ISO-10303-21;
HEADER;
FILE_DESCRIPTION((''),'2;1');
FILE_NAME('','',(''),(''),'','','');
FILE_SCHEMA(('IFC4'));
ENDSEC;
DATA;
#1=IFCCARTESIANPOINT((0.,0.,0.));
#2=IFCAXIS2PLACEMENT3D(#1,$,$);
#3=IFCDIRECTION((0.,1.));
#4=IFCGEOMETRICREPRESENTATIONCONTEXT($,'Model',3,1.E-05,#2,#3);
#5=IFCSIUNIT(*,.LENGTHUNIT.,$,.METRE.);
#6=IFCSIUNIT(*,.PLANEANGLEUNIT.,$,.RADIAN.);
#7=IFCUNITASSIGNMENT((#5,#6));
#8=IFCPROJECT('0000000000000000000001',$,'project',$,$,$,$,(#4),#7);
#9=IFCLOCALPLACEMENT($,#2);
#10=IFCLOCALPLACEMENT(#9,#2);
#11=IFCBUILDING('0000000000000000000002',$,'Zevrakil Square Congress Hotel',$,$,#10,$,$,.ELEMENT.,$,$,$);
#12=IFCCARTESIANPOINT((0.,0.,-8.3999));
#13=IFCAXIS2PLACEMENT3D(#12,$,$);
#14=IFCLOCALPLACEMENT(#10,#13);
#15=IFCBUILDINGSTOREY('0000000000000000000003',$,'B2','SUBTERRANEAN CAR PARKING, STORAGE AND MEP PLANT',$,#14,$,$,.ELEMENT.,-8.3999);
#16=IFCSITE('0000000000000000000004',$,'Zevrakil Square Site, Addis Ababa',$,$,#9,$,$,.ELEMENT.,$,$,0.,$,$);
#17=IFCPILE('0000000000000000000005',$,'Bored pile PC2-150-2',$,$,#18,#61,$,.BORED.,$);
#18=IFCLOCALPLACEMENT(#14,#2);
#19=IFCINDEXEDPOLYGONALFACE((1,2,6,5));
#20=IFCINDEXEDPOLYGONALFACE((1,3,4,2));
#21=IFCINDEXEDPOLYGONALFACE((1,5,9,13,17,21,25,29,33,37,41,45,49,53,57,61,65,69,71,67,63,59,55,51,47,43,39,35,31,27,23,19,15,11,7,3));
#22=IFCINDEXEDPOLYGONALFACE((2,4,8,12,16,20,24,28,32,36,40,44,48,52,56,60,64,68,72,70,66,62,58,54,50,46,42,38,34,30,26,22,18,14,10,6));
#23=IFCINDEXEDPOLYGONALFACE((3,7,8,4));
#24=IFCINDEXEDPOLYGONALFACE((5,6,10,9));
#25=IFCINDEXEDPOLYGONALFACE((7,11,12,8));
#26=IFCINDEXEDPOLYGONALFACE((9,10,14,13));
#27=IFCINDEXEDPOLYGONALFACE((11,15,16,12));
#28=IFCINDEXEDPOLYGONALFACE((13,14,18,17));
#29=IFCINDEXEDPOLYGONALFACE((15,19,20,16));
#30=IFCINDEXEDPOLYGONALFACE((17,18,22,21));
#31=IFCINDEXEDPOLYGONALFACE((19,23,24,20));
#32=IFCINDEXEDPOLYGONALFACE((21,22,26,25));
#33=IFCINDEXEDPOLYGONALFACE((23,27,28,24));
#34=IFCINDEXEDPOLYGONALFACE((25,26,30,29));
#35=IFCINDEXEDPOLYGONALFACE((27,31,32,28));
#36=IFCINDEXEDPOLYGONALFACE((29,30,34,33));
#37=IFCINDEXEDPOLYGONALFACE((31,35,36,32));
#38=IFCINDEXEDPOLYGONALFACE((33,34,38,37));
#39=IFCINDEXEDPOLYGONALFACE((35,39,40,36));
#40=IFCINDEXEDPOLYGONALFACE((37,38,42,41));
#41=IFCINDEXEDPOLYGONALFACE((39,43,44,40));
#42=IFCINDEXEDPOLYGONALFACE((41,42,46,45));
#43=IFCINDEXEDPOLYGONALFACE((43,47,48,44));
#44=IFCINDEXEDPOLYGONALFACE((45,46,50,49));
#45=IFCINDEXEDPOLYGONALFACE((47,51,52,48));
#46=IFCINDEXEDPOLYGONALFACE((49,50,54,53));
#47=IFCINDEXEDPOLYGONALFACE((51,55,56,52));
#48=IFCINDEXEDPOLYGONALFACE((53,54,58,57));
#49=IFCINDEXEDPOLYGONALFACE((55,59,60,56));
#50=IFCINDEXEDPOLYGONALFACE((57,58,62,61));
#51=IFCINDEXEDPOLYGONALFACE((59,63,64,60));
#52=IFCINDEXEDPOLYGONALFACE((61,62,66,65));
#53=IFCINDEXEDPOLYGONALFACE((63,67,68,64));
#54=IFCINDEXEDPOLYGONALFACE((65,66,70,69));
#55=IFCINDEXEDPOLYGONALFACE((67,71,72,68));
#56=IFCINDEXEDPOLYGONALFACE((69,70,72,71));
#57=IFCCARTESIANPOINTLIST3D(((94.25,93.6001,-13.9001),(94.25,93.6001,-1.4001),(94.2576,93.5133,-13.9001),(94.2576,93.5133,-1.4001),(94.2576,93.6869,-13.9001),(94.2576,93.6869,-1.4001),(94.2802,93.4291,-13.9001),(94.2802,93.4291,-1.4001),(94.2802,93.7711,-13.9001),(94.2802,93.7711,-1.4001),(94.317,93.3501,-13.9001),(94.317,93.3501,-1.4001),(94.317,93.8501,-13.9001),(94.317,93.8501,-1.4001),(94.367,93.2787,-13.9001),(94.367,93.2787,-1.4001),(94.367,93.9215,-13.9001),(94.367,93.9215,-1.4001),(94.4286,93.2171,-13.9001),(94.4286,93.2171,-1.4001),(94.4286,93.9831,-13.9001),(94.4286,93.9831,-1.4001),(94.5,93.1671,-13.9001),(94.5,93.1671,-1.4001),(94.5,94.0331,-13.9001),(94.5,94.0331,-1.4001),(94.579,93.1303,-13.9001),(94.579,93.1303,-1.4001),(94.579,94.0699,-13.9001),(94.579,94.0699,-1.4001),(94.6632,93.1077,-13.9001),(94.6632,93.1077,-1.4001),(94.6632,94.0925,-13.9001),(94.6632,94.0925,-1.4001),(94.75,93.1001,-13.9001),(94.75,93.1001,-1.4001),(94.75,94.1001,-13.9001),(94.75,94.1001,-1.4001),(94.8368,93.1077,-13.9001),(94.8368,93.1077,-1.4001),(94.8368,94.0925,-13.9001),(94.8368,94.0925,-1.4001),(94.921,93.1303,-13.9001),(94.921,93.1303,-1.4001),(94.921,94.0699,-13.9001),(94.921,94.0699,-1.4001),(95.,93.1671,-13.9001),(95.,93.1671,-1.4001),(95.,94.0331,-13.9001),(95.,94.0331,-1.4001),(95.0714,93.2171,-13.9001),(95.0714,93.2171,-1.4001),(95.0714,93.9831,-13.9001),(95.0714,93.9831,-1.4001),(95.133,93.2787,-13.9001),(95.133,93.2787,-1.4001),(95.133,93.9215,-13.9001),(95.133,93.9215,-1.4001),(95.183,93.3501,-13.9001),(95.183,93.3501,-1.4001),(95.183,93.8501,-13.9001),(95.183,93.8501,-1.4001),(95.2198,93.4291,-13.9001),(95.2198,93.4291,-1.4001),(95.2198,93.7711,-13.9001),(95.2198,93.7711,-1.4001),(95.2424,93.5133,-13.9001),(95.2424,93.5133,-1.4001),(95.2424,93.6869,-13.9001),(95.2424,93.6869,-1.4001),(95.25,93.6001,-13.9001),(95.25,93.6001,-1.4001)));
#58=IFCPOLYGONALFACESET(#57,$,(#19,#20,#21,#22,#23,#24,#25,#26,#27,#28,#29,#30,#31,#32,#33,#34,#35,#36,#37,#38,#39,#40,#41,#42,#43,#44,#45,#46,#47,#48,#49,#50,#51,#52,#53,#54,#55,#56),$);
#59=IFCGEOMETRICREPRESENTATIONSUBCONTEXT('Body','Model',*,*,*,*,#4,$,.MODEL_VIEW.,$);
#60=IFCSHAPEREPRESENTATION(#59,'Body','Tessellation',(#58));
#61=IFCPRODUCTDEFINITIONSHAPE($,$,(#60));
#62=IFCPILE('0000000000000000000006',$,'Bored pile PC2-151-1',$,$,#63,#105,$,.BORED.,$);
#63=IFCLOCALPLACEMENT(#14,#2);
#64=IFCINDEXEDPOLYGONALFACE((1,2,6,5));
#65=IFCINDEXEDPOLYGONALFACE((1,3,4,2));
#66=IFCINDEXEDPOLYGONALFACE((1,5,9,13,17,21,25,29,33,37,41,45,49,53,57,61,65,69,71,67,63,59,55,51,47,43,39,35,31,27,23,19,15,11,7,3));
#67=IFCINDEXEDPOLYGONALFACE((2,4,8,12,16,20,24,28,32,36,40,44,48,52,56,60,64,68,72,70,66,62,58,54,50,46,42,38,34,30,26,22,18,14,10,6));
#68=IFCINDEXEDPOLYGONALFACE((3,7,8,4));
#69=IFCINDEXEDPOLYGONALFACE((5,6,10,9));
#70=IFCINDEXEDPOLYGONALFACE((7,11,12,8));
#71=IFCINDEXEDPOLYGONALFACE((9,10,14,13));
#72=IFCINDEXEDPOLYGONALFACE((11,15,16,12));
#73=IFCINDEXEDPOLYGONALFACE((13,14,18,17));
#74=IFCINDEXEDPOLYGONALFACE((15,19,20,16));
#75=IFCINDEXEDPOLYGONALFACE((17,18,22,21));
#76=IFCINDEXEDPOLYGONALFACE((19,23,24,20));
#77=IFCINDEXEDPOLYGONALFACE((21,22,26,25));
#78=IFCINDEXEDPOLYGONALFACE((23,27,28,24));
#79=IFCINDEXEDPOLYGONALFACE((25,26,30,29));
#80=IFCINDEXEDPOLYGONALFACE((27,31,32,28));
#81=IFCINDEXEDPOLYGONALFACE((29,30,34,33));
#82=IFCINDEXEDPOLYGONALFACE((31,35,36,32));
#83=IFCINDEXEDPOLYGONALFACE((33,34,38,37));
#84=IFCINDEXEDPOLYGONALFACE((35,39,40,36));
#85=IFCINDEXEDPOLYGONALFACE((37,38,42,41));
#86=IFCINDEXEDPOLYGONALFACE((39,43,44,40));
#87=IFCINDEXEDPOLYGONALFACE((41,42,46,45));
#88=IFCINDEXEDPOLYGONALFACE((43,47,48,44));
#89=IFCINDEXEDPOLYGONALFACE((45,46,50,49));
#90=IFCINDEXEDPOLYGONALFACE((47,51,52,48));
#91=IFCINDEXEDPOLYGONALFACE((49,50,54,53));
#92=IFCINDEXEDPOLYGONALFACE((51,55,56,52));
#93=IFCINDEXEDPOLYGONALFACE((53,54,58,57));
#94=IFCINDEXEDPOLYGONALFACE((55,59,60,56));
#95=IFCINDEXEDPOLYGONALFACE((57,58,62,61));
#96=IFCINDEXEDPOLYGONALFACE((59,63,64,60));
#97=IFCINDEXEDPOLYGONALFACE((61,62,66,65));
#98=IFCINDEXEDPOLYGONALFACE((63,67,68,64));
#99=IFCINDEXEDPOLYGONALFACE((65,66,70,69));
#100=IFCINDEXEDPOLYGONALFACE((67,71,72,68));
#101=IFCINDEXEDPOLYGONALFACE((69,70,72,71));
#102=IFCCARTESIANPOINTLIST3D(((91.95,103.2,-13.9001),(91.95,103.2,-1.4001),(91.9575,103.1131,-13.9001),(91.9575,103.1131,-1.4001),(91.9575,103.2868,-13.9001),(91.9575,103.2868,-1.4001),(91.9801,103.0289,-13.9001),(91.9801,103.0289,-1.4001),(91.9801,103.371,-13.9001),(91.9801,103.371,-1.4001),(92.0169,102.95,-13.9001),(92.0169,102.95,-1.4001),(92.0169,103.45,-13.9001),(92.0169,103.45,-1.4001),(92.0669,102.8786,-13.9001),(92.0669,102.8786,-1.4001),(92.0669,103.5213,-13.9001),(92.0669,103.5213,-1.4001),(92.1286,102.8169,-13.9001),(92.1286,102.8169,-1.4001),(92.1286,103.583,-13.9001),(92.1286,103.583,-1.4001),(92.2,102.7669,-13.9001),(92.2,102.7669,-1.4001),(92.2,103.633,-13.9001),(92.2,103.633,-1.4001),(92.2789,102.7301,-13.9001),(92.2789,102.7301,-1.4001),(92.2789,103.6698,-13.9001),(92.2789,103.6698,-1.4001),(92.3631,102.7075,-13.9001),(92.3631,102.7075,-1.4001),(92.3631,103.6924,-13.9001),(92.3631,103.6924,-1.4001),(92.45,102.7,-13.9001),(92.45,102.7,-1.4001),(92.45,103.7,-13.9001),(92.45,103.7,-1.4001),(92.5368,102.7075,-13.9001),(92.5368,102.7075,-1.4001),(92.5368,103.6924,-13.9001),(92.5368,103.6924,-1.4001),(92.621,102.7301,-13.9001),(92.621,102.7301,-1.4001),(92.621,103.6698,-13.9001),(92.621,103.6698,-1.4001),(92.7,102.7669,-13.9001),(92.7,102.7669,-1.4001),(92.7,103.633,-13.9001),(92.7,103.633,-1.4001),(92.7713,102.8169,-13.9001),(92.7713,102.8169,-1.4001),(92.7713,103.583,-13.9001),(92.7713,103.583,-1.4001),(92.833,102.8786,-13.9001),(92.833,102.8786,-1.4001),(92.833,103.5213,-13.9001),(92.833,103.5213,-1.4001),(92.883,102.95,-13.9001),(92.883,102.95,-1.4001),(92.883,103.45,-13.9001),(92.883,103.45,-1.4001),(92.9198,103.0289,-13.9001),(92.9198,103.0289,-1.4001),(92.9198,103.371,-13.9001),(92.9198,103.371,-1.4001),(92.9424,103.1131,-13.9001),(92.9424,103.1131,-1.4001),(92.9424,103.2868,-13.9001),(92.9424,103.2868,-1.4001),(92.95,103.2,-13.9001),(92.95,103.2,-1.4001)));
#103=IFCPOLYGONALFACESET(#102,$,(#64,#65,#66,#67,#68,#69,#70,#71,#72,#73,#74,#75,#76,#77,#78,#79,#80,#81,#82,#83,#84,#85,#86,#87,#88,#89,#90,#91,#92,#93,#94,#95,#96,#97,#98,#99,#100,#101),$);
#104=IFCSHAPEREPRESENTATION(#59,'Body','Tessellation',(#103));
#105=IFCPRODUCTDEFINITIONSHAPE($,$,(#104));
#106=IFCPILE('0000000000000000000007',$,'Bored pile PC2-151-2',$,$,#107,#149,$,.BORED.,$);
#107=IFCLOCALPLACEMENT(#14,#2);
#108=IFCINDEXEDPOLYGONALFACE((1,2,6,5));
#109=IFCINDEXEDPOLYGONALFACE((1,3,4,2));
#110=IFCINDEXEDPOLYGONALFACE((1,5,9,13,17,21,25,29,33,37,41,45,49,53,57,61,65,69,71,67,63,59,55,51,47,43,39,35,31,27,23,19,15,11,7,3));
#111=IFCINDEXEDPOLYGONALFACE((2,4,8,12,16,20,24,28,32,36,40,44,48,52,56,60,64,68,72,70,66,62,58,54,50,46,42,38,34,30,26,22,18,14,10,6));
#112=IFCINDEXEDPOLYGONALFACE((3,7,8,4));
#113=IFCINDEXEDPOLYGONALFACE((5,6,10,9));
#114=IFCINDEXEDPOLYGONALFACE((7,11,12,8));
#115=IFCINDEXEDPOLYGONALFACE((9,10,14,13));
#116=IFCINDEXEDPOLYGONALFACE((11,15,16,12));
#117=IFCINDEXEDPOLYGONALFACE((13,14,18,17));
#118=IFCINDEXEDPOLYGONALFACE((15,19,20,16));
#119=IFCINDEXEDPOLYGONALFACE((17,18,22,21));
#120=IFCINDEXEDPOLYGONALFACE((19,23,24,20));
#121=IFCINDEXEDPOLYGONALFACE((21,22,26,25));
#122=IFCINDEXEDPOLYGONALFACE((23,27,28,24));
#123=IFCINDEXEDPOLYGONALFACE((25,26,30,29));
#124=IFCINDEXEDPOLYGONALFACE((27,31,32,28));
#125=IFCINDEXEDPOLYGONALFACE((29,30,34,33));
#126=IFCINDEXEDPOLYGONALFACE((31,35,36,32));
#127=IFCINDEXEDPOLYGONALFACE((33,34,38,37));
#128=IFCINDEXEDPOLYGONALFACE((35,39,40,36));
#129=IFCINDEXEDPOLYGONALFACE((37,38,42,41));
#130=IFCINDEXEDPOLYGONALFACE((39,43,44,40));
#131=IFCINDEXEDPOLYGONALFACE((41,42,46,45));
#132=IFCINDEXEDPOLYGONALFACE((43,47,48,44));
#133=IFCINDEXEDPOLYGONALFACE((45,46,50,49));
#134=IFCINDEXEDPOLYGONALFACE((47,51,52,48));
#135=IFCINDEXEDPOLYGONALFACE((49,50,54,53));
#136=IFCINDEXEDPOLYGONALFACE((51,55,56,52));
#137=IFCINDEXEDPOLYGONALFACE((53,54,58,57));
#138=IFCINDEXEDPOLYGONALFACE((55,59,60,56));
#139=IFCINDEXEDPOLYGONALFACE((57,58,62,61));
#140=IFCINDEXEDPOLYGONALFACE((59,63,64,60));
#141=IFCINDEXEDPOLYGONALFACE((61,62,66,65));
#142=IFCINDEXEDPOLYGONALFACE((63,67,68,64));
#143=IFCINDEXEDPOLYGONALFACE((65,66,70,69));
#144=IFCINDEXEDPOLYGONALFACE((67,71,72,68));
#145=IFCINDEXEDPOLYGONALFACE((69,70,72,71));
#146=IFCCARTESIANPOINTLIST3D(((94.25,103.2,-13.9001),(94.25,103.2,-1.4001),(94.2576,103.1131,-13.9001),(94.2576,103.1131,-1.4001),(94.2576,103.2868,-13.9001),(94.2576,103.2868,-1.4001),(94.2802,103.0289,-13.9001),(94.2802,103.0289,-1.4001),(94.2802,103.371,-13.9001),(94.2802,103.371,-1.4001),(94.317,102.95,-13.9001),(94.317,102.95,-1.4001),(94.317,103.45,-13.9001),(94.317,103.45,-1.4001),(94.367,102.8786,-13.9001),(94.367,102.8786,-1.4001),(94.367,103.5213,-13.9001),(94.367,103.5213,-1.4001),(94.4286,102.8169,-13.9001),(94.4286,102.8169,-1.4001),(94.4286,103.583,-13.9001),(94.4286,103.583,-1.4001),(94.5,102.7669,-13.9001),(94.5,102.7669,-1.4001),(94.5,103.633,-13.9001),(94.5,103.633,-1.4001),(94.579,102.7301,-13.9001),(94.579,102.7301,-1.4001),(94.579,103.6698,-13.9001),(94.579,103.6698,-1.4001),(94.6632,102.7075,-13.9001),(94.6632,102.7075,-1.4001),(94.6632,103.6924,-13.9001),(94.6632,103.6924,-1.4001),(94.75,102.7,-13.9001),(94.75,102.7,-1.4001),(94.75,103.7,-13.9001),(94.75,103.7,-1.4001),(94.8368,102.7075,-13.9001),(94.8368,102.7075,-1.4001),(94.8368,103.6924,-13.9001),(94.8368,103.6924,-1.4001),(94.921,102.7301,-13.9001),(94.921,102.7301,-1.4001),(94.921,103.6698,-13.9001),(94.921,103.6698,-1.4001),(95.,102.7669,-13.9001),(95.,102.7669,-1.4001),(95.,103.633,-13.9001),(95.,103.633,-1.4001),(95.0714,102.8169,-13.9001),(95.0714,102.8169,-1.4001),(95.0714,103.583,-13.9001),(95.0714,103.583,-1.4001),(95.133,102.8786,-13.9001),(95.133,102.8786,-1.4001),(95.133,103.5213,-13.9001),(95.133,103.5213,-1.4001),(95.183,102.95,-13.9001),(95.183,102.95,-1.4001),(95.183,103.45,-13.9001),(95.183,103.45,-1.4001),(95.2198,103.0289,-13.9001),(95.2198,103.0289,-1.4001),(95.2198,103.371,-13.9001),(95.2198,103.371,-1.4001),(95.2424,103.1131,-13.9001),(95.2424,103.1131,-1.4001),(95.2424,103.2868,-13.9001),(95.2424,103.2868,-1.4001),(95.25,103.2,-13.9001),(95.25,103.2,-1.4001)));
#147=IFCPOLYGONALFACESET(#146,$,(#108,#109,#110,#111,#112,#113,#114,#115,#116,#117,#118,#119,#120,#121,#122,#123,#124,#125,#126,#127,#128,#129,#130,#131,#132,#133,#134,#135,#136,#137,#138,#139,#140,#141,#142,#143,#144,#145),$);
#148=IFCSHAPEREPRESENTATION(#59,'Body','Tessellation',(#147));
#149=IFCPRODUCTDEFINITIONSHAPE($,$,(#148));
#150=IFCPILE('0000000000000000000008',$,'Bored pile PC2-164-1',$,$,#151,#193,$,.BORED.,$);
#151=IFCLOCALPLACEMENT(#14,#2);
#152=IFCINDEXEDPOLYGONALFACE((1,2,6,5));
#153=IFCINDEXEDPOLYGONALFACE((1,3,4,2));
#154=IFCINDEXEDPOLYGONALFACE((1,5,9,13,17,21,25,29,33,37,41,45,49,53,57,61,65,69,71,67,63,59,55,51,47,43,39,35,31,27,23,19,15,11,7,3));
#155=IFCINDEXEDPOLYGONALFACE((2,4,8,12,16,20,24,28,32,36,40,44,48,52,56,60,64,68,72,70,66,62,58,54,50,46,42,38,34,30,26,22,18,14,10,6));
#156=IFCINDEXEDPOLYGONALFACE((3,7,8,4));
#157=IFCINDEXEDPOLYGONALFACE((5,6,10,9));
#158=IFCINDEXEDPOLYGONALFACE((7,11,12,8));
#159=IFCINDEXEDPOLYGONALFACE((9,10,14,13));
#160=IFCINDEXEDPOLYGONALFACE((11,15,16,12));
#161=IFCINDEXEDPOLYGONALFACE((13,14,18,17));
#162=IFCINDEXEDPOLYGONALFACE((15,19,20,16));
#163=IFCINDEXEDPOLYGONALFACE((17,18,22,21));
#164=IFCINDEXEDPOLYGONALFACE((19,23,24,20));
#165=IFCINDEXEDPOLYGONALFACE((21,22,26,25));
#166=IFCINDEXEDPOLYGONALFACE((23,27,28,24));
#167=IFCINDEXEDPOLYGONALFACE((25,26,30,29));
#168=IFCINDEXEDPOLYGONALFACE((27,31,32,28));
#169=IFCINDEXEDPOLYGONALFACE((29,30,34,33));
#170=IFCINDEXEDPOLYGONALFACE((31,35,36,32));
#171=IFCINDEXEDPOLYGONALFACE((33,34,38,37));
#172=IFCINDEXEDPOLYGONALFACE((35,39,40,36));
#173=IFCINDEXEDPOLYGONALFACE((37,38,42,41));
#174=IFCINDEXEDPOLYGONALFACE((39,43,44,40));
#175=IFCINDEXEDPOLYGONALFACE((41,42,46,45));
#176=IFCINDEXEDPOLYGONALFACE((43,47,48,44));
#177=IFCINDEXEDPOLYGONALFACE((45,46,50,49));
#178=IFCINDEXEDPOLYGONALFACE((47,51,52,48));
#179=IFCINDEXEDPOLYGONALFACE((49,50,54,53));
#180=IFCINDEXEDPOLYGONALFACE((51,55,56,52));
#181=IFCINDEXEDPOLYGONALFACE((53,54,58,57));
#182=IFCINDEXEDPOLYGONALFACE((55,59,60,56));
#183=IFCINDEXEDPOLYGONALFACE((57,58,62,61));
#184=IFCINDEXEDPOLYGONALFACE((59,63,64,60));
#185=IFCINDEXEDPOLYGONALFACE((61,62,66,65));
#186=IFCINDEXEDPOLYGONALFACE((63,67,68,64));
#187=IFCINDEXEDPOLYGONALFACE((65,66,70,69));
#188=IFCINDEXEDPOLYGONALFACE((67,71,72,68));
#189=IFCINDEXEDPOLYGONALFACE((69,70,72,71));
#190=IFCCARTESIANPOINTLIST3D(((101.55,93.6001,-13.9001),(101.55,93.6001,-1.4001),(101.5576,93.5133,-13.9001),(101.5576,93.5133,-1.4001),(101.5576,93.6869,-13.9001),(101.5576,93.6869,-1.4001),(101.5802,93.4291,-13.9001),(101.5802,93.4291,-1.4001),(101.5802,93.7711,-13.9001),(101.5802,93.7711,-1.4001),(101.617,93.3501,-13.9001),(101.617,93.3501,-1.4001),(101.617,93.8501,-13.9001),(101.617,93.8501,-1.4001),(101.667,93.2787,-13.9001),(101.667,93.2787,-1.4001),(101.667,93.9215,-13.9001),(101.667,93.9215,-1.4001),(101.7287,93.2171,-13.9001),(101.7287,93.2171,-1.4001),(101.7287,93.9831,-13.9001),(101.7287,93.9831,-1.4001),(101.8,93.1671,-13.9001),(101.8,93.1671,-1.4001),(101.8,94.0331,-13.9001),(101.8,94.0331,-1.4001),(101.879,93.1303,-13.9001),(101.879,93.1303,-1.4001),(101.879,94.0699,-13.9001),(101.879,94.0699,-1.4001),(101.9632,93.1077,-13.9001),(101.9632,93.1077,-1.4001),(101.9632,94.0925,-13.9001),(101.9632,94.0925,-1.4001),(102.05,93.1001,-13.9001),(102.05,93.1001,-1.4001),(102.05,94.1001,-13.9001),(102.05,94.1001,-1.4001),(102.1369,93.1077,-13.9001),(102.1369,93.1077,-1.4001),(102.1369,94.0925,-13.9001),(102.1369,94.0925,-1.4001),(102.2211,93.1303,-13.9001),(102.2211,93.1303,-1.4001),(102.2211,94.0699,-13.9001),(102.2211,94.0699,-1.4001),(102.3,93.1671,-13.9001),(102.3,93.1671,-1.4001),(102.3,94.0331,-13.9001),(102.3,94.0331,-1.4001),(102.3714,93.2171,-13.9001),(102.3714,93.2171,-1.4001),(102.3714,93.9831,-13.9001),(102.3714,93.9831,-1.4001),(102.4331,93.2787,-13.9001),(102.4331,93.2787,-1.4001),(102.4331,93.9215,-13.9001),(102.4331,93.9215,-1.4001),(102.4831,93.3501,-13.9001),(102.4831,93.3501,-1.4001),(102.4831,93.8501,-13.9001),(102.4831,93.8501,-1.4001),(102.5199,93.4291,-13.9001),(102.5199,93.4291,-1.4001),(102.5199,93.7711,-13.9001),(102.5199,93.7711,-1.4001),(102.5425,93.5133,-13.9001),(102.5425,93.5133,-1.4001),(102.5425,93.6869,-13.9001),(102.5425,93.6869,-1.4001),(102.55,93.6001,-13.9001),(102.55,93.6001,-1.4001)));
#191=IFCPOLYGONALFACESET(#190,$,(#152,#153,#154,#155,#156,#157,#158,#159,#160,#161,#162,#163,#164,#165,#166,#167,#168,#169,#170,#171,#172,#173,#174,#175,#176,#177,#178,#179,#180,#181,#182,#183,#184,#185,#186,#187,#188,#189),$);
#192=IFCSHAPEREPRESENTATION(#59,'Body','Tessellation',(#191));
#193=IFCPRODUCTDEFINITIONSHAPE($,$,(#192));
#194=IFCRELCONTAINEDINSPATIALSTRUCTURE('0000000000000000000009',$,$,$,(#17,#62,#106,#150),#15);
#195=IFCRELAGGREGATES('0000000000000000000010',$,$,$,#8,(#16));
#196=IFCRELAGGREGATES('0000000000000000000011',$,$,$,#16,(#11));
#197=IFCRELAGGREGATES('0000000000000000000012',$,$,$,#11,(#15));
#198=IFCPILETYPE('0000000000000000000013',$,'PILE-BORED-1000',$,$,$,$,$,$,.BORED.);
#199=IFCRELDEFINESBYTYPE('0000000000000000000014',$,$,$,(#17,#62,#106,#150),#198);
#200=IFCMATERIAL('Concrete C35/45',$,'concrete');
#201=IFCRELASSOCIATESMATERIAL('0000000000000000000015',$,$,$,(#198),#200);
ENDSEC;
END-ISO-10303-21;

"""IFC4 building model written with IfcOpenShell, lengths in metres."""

from ifc_helpers import new_model, si_unit, direction, frame, origin, origin_2d, place, context, subcontext, project, spatial, circle, extrude, material, material_profile, profile_set, type_object, element, save


model = new_model("IFC4")

# Units and contexts
model_context = context("Model", 3, precision=1e-05, world=origin(), true_north=direction((0.0, 1.0)))
body_context = subcontext(model_context, "Body", "Model", "MODEL_VIEW")
ifc_project = project(units=[si_unit("LENGTHUNIT", "METRE"), si_unit("PLANEANGLEUNIT", "RADIAN")], contexts=[model_context])

# Site, building, storey
site_placement = place(None, origin())
site = spatial("IfcSite", under=ifc_project, at=site_placement, Name="Zevrakil Square Site, Addis Ababa", CompositionType="ELEMENT", RefElevation=0.0)
building_placement = place(site_placement, origin())
building = spatial("IfcBuilding", under=site, at=building_placement, Name="Zevrakil Square Congress Hotel", CompositionType="ELEMENT")
storey_placement = place(building_placement, frame((0.0, 0.0, -8.3999)))
storey = spatial("IfcBuildingStorey", under=building, at=storey_placement, Name="B2", Description="SUBTERRANEAN CAR PARKING, STORAGE AND MEP PLANT", CompositionType="ELEMENT", Elevation=-8.3999)

# Piles
ifc_material_1 = material(Name="Concrete C35/45", Category="concrete")
ifc_material_profile_1 = material_profile(ifc_material_1, circle(Radius=0.5, at=origin_2d()), Name="PILE D1000")
ifc_profile_set_1 = profile_set([ifc_material_profile_1], Name="Concrete C35/45")
pile_type = type_object("IfcPileType", Name="PILE-BORED-1000", PredefinedType="BORED", material=ifc_profile_set_1)
for number, where, z_axis, x_axis, name in (
    (1, (94.75, 93.6001, -1.4001), (0.0, 0.0, -1.0), (1.0, 0.0, 0.0), "Bored pile PC2-150-2"),
    (2, (92.45, 103.2, -1.4001), (0.0, 0.0, -1.0), (1.0, 0.0, 0.0), "Bored pile PC2-151-1"),
    (3, (94.75, 103.2, -1.4001), (0.0, 0.0, -1.0), (1.0, 0.0, 0.0), "Bored pile PC2-151-2"),
    (4, (102.05, 93.6001, -1.4001), (0.0, 0.0, -1.0), (1.0, 0.0, 0.0), "Bored pile PC2-164-1"),
):
    element("IfcPile", number, at=place(storey_placement, frame(where, z_axis=z_axis, x_axis=x_axis)), inside=storey, type_object=pile_type, Name=name, PredefinedType="BORED", context=body_context, shape_type="SweptSolid", body=[
        extrude(circle(Radius=0.5, at=origin_2d()), origin(), (0.0, 0.0, 1.0), 12.5),
    ])

save(model, "model.ifc")
